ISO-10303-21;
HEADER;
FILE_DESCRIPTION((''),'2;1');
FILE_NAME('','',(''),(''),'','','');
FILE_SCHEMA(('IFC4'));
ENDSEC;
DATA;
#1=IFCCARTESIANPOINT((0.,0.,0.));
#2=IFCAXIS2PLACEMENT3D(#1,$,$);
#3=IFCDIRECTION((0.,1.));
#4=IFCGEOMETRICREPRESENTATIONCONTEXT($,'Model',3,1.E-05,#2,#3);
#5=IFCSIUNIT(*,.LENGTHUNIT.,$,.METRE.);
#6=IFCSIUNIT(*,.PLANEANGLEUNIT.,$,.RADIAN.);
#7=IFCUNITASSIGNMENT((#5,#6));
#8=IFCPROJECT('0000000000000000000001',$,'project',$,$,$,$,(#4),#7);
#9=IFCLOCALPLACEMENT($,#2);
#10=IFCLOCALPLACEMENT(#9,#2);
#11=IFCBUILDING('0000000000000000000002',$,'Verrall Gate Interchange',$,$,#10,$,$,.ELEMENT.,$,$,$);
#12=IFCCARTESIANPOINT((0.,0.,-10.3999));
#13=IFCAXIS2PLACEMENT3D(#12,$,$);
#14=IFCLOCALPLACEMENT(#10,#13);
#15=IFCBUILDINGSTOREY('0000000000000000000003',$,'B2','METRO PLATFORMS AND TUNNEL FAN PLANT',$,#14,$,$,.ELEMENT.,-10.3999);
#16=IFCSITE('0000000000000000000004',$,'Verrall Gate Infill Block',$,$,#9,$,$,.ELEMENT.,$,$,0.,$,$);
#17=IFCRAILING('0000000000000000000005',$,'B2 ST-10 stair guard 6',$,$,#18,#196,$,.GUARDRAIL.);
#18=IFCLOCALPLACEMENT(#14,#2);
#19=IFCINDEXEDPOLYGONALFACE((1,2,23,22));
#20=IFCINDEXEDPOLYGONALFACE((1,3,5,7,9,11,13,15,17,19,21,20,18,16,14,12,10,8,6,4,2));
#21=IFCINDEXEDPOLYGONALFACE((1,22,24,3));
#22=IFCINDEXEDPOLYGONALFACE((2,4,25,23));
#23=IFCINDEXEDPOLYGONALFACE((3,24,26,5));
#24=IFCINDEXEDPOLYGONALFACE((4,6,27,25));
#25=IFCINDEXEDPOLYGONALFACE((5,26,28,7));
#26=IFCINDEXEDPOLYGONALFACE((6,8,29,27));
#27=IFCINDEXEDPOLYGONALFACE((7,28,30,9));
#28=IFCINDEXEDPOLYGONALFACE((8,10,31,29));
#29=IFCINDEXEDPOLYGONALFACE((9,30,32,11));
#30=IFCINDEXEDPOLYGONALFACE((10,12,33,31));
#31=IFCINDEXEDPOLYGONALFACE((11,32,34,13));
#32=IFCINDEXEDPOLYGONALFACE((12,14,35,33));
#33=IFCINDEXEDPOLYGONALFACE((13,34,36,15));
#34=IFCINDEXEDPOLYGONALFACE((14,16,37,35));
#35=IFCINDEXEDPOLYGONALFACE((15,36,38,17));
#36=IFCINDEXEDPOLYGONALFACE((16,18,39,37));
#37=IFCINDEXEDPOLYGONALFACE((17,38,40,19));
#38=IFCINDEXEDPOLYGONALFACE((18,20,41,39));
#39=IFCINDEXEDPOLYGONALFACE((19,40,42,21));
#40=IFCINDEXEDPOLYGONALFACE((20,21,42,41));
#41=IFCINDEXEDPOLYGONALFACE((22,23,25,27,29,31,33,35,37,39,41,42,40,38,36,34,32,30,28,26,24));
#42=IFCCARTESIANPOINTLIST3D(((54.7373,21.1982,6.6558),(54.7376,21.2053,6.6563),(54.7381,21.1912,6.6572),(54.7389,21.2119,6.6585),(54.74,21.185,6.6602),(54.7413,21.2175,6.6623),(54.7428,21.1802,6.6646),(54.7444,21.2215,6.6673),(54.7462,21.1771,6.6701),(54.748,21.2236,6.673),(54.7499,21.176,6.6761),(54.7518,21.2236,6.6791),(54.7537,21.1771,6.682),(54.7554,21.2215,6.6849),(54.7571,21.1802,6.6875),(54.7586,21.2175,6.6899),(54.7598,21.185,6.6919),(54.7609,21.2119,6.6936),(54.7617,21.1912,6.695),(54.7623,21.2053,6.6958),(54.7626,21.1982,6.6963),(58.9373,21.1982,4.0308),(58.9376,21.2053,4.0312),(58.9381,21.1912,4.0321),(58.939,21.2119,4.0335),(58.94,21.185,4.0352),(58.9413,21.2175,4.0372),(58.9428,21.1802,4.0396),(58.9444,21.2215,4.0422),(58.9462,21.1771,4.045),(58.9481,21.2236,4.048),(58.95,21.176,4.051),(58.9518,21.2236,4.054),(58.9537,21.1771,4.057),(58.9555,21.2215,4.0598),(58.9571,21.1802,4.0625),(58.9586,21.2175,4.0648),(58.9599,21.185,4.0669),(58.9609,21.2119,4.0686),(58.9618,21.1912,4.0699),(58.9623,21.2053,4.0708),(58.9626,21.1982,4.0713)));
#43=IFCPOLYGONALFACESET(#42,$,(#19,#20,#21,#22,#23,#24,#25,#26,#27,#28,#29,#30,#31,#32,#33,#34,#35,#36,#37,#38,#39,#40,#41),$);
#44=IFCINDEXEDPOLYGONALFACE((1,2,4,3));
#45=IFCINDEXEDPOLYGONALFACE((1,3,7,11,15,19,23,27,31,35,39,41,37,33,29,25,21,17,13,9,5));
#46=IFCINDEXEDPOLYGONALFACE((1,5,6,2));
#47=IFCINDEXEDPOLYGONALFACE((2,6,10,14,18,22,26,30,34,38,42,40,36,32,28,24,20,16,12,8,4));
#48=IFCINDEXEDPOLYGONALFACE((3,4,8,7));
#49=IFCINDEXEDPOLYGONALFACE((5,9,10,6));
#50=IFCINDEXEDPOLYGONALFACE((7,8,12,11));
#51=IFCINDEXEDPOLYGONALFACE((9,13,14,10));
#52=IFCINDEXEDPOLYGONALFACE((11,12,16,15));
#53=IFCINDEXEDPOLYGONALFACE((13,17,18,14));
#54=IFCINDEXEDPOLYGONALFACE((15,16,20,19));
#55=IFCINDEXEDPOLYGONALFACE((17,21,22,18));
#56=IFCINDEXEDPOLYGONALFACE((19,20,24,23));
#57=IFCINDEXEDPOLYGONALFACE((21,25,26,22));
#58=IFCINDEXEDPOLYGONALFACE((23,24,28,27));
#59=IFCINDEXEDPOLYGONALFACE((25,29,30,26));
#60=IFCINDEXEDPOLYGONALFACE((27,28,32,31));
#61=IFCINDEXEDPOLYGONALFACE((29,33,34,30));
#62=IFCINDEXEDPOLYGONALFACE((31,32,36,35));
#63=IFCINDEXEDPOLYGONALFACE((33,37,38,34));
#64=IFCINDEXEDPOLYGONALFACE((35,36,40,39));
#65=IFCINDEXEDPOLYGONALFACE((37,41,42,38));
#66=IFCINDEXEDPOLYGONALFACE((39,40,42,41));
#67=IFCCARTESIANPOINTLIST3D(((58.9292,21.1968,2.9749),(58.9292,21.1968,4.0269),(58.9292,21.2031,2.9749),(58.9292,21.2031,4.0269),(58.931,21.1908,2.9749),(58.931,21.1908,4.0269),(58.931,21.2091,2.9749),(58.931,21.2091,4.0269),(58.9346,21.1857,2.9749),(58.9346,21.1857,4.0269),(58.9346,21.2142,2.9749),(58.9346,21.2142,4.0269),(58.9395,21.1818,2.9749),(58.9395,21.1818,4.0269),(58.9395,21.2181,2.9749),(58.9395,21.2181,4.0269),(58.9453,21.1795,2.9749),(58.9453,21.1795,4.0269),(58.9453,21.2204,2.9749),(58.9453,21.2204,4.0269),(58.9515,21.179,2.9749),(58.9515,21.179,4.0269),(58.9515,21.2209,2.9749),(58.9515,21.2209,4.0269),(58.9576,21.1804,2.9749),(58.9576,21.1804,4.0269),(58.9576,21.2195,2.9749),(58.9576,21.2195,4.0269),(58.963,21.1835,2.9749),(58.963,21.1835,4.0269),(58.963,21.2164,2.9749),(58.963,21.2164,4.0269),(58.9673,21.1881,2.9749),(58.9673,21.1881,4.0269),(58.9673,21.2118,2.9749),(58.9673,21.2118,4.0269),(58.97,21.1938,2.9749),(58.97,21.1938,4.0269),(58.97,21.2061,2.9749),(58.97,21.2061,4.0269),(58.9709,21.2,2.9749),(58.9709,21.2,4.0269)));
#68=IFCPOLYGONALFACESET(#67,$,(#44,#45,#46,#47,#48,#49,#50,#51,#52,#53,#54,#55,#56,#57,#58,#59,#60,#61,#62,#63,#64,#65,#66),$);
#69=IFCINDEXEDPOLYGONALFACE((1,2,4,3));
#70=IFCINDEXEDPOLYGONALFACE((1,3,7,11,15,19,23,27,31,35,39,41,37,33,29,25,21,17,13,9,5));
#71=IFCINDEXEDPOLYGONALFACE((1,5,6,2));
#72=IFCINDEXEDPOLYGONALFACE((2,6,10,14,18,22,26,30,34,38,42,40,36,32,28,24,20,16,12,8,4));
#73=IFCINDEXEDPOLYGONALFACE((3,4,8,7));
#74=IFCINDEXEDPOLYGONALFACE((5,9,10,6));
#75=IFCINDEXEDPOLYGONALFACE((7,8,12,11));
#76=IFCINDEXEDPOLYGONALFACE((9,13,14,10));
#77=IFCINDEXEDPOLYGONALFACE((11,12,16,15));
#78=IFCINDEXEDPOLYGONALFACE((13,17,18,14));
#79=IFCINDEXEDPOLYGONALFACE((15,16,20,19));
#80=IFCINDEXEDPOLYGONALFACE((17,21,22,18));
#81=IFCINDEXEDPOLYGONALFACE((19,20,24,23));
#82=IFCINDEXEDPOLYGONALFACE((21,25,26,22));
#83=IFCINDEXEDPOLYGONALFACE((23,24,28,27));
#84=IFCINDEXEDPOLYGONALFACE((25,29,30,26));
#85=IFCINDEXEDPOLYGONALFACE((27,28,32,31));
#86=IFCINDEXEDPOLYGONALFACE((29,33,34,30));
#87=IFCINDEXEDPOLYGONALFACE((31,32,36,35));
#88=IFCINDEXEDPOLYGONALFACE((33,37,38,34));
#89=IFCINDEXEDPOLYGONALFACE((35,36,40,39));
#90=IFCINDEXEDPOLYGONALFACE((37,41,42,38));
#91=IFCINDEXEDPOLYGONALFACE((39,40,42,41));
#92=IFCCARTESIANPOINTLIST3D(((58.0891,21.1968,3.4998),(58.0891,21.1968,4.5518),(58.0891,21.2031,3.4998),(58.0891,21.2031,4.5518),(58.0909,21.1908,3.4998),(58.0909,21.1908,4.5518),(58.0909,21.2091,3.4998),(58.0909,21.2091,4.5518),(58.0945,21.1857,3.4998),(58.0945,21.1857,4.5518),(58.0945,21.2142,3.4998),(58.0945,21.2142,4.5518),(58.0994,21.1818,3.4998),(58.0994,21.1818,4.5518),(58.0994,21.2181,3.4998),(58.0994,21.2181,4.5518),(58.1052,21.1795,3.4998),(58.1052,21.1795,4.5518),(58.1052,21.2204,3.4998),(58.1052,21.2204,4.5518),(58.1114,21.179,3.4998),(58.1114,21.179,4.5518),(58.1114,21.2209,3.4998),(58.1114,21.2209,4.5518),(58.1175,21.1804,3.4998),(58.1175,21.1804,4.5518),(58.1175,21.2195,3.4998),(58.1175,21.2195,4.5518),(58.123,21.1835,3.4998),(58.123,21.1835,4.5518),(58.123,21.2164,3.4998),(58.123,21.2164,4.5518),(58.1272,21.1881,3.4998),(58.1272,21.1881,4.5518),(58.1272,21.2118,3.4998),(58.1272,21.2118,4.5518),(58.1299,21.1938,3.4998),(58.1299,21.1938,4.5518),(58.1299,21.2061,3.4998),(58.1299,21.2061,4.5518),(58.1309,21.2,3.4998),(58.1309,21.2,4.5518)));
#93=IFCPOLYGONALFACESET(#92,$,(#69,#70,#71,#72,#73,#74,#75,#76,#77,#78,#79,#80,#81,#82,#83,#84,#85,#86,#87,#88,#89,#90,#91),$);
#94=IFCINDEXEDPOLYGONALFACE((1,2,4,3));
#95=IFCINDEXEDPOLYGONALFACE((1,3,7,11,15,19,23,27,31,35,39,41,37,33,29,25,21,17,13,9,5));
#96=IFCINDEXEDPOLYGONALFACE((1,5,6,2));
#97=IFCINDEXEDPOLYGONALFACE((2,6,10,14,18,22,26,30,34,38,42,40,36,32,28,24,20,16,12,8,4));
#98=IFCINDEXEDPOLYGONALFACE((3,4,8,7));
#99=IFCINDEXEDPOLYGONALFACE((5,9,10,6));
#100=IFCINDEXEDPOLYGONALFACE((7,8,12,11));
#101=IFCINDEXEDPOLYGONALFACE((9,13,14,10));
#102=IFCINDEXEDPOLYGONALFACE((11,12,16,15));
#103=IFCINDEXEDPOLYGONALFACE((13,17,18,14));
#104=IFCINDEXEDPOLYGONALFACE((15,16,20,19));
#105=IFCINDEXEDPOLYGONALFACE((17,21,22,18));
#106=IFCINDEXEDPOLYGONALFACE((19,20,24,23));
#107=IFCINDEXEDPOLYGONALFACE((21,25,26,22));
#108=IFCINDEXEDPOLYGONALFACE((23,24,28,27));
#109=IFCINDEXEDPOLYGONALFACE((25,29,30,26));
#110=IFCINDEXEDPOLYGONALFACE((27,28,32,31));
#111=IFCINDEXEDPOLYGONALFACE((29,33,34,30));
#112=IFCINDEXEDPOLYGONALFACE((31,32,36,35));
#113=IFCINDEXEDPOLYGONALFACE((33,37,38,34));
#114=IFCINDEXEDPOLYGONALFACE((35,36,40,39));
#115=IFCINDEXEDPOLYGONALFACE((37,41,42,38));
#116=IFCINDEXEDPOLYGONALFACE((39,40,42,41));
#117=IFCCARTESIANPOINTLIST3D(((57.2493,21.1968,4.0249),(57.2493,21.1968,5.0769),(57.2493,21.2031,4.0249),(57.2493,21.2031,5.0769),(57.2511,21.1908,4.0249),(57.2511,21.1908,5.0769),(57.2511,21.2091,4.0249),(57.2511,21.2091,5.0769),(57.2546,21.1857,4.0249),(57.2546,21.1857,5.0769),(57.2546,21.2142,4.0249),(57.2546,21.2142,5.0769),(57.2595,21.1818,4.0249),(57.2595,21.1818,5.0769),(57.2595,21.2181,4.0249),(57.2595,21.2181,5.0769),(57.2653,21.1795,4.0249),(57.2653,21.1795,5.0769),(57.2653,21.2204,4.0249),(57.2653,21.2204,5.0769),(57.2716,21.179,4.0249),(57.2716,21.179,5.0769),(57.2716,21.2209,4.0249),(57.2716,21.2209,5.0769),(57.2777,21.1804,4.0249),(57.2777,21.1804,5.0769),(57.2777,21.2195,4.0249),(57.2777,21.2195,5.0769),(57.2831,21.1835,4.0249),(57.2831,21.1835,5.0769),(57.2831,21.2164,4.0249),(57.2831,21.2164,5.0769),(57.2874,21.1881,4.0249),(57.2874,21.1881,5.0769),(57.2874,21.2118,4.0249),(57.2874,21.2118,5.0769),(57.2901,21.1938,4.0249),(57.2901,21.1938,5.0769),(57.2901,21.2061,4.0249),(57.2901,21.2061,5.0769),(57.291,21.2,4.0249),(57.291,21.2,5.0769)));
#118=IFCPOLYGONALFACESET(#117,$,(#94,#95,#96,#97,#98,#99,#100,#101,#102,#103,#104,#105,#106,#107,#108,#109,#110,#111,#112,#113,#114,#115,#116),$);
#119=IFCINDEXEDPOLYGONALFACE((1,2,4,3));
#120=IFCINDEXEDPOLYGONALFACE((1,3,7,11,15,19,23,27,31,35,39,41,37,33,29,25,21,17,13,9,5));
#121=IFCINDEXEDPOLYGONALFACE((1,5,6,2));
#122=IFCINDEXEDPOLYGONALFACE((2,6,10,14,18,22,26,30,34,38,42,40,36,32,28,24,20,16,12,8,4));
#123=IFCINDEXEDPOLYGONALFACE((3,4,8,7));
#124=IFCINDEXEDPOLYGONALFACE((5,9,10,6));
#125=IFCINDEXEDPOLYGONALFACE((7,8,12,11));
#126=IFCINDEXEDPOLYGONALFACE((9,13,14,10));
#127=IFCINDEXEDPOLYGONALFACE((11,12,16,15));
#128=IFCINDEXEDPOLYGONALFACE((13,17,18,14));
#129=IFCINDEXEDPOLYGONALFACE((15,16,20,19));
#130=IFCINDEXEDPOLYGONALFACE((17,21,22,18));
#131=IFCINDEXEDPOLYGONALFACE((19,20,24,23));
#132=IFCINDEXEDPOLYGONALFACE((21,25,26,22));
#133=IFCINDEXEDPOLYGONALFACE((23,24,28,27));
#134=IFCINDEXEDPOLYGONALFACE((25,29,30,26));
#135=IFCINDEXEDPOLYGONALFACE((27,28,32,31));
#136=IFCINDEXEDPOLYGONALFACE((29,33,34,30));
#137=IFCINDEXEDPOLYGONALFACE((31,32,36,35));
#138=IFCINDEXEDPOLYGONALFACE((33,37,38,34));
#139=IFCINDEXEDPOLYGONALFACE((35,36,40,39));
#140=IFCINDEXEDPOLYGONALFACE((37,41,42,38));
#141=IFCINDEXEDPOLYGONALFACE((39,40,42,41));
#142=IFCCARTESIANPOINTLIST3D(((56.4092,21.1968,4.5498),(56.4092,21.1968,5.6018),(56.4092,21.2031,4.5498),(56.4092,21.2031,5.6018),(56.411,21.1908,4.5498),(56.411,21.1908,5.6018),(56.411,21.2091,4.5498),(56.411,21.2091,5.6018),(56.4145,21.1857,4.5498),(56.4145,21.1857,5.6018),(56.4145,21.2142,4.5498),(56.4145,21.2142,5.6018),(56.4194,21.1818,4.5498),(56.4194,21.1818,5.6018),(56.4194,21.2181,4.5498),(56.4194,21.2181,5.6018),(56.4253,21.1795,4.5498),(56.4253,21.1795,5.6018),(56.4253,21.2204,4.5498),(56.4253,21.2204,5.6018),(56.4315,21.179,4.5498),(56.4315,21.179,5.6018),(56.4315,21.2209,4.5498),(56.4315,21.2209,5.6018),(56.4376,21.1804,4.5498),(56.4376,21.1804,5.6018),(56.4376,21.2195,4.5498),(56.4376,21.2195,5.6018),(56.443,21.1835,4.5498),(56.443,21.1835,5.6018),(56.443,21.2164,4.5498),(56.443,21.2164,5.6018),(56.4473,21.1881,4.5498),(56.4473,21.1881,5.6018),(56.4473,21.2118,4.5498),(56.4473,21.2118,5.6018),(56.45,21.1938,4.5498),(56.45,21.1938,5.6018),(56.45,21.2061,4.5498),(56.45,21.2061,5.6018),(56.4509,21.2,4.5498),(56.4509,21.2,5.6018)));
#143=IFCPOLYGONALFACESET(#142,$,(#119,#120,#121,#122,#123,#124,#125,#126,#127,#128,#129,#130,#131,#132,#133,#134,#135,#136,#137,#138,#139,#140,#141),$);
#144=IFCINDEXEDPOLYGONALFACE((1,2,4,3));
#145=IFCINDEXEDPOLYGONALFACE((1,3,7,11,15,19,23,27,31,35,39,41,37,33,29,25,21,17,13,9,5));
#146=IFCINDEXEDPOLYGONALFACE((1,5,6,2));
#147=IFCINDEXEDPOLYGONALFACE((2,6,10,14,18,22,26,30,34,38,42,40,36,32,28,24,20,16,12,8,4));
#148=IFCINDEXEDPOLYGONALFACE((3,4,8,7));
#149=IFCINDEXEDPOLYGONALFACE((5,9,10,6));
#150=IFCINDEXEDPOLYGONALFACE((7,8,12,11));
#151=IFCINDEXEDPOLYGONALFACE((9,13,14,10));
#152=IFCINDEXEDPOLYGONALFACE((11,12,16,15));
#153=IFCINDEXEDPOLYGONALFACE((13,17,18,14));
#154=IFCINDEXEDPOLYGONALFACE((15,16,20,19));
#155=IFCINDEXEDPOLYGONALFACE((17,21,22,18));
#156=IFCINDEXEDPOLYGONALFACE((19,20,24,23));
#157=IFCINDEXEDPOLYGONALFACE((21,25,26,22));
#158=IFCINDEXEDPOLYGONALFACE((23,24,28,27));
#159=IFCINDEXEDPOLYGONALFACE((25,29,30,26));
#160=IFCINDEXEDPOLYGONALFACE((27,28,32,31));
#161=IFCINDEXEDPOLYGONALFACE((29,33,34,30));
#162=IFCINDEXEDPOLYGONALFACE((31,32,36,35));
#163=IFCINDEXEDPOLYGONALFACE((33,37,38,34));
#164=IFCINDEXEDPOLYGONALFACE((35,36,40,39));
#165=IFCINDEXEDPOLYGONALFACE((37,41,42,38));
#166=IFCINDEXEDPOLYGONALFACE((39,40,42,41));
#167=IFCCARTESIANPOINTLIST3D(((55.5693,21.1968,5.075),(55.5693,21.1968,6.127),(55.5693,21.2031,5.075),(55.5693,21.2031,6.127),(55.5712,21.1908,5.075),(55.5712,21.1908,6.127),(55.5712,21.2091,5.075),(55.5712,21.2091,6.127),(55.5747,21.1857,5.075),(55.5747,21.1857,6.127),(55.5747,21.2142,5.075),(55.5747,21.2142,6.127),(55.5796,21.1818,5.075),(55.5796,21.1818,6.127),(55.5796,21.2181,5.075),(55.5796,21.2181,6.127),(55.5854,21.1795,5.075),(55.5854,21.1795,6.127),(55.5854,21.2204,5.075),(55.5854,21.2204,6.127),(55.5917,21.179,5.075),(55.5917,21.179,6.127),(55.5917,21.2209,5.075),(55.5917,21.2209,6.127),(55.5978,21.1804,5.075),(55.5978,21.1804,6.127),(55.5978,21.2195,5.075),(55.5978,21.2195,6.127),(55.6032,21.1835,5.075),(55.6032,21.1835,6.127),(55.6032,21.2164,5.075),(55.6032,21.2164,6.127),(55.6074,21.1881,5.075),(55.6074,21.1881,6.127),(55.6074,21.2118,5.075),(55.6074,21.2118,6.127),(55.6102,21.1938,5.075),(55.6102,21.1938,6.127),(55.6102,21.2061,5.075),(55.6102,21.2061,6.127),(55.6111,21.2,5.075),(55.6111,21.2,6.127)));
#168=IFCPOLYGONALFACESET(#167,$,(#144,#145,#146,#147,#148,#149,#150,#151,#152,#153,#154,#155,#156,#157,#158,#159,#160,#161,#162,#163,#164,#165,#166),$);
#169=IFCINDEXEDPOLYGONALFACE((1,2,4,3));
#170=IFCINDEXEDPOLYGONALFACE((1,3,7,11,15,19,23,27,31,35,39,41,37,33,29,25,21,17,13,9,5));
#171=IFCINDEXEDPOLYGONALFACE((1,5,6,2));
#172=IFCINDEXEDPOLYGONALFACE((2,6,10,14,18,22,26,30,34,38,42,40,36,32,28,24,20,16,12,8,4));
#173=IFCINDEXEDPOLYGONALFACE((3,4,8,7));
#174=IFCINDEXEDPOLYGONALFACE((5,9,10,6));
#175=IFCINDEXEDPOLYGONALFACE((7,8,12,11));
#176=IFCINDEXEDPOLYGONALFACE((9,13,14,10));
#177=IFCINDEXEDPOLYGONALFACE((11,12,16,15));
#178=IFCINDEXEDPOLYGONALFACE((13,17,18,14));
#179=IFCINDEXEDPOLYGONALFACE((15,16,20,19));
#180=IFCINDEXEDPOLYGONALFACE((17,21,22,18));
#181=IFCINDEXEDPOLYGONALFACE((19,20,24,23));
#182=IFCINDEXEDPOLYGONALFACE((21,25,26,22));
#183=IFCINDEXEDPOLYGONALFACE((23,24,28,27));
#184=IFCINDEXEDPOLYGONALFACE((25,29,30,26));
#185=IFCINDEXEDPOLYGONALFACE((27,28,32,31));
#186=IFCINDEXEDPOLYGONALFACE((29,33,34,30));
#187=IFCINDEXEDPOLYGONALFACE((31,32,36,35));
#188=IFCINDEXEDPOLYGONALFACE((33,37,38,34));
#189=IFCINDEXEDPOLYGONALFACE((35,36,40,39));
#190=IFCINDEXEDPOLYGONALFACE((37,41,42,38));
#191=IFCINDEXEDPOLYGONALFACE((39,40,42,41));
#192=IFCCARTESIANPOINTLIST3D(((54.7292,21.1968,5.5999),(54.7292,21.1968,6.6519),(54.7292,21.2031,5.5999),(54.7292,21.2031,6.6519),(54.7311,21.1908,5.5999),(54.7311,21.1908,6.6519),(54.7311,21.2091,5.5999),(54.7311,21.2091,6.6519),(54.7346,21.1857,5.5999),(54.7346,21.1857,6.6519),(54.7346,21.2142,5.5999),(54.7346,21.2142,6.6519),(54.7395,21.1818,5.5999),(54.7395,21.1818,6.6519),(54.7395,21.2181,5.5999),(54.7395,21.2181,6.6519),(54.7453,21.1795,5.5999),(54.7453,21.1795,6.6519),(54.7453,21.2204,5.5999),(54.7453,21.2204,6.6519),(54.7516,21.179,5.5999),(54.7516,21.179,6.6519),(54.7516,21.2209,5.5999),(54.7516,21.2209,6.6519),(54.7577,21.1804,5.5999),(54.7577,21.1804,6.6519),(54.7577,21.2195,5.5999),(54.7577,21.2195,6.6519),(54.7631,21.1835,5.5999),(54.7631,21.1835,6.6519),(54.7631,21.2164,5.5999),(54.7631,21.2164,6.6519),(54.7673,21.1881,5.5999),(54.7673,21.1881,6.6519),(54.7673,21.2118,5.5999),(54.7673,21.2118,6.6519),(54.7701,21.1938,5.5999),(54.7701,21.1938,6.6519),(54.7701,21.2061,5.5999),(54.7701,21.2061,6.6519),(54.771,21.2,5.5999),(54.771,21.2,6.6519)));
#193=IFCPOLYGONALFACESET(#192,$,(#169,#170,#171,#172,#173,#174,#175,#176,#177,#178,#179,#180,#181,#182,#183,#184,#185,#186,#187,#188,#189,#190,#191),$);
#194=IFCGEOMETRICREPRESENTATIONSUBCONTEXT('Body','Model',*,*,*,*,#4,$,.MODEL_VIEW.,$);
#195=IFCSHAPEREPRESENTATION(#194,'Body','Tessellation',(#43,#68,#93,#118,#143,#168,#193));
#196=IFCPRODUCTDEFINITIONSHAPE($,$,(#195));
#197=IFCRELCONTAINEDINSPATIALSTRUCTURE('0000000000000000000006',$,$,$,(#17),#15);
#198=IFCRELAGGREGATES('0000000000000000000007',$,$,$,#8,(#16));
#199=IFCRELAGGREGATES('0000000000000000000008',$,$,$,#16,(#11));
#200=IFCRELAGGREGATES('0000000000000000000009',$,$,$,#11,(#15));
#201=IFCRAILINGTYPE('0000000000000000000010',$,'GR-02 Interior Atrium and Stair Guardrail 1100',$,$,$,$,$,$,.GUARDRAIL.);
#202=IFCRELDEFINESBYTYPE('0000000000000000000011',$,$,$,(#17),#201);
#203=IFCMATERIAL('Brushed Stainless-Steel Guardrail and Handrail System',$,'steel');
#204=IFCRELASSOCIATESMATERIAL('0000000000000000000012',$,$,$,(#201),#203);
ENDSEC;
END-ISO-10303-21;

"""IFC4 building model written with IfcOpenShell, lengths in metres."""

from ifc_helpers import new_model, si_unit, direction, frame, origin, origin_2d, place, context, subcontext, project, spatial, circle, extrude, material, type_object, element, save


model = new_model("IFC4")

# Units and contexts
model_context = context("Model", 3, precision=1e-05, world=origin(), true_north=direction((0.0, 1.0)))
body_context = subcontext(model_context, "Body", "Model", "MODEL_VIEW")
ifc_project = project(units=[si_unit("LENGTHUNIT", "METRE"), si_unit("PLANEANGLEUNIT", "RADIAN")], contexts=[model_context])

# Site, building, storey
site_placement = place(None, origin())
site = spatial("IfcSite", under=ifc_project, at=site_placement, Name="Verrall Gate Infill Block", CompositionType="ELEMENT", RefElevation=0.0)
building_placement = place(site_placement, origin())
building = spatial("IfcBuilding", under=site, at=building_placement, Name="Verrall Gate Interchange", CompositionType="ELEMENT")
storey_placement = place(building_placement, frame((0.0, 0.0, -10.3999)))
storey = spatial("IfcBuildingStorey", under=building, at=storey_placement, Name="B2", Description="METRO PLATFORMS AND TUNNEL FAN PLANT", CompositionType="ELEMENT", Elevation=-10.3999)

# Railing
ifc_material_1 = material(Name="Brushed Stainless-Steel Guardrail and Handrail System", Category="steel")
railing_type_1 = type_object("IfcRailingType", Name="GR-02 Interior Atrium and Stair Guardrail 1100", PredefinedType="GUARDRAIL", material=ifc_material_1)
railing_1_placement = place(storey_placement, frame((58.95, 21.2, 2.9749)))
element("IfcRailing", 1, at=railing_1_placement, inside=storey, type_object=railing_type_1, Name="B2 ST-10 stair guard 6", PredefinedType="GUARDRAIL", context=body_context, shape_type="SweptSolid", body=[
    extrude(circle(Radius=0.0239, at=origin_2d()), frame((0.0, 0.0, 1.0762), z_axis=(-0.847996, 0.0, 0.530003), x_axis=(0.0, -1.0, 0.0)), (0.0, 0.0, 1.0), 4.9529),
    extrude(circle(Radius=0.021, at=origin_2d()), origin(), (0.0, 0.0, 1.0), 1.052),
    extrude(circle(Radius=0.021, at=origin_2d()), frame((-0.8401, 0.0, 0.5249)), (0.0, 0.0, 1.0), 1.052),
    extrude(circle(Radius=0.021, at=origin_2d()), frame((-1.6799, 0.0, 1.05)), (0.0, 0.0, 1.0), 1.052),
    extrude(circle(Radius=0.021, at=origin_2d()), frame((-2.52, 0.0, 1.575)), (0.0, 0.0, 1.0), 1.052),
    extrude(circle(Radius=0.021, at=origin_2d()), frame((-3.3599, 0.0, 2.1001)), (0.0, 0.0, 1.0), 1.052),
    extrude(circle(Radius=0.021, at=origin_2d()), frame((-4.2, 0.0, 2.625)), (0.0, 0.0, 1.0), 1.052),
])

save(model, "model.ifc")
